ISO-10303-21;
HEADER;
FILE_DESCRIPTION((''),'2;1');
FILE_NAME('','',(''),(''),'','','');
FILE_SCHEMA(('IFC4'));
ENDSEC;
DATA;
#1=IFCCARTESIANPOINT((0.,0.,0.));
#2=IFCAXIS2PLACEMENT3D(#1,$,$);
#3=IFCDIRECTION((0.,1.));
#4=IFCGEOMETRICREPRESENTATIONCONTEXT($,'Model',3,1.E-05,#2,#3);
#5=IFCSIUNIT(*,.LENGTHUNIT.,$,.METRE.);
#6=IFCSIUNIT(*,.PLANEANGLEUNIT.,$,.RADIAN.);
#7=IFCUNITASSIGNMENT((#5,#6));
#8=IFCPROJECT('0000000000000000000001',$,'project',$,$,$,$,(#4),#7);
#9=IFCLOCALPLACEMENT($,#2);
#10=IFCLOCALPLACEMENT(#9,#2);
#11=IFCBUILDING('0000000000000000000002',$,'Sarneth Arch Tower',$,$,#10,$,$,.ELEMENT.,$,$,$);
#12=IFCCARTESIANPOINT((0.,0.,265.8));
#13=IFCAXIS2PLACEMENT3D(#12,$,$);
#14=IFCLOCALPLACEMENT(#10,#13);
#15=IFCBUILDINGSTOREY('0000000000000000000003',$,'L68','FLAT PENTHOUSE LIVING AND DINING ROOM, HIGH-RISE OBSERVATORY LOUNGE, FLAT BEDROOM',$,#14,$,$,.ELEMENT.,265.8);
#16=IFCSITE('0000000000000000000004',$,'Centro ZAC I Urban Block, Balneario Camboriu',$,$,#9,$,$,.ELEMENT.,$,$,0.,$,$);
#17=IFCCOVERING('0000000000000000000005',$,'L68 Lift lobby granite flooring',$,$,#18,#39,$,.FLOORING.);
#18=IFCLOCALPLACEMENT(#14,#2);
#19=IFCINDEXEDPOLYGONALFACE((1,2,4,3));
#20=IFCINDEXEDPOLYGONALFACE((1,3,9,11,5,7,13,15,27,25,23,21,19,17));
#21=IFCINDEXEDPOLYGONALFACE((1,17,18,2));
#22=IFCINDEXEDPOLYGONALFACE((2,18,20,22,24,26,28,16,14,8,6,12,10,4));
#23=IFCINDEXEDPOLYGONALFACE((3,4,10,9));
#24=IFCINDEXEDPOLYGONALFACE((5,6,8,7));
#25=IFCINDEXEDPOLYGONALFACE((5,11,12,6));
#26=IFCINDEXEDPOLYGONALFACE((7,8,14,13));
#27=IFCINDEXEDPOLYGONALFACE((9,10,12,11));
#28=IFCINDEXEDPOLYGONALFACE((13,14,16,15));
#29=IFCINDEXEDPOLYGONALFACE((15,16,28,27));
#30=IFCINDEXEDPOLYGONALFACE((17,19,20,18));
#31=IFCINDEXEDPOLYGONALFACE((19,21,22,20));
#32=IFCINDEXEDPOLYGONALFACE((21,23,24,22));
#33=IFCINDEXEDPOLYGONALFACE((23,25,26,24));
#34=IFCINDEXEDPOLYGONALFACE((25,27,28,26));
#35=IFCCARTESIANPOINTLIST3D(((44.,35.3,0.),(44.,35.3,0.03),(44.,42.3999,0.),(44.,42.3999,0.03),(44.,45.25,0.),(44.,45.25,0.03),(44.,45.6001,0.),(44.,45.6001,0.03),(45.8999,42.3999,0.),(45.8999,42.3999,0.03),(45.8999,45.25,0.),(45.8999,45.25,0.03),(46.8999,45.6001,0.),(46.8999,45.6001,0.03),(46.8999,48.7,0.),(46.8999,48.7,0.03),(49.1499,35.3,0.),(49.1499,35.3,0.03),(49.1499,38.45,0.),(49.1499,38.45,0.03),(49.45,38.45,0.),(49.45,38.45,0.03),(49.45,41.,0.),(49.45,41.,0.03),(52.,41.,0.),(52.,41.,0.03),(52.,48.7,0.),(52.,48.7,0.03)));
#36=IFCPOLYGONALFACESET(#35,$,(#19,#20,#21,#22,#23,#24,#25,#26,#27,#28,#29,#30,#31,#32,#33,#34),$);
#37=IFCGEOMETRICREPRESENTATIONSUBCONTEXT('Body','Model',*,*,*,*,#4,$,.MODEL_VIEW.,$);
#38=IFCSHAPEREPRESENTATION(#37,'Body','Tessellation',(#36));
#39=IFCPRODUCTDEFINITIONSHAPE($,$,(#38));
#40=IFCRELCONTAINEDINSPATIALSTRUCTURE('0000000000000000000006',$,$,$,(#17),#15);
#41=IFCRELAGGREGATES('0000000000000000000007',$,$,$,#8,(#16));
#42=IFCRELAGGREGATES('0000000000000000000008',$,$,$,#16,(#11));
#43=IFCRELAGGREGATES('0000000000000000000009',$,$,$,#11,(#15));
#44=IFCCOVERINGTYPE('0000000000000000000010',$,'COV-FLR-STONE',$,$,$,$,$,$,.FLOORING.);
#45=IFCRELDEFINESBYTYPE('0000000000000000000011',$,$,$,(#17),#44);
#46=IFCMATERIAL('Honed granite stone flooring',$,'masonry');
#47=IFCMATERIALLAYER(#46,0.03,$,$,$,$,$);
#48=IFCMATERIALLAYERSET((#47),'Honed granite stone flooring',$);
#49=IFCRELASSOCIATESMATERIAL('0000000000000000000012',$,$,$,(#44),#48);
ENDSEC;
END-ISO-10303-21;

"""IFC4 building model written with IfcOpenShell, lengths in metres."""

from ifc_helpers import new_model, si_unit, direction, frame, origin, place, context, subcontext, project, spatial, polyline, outline, extrude, material, layer, layer_set, type_object, element, save


model = new_model("IFC4")

# Units and contexts
model_context = context("Model", 3, precision=1e-05, world=origin(), true_north=direction((0.0, 1.0)))
body_context = subcontext(model_context, "Body", "Model", "MODEL_VIEW")
ifc_project = project(units=[si_unit("LENGTHUNIT", "METRE"), si_unit("PLANEANGLEUNIT", "RADIAN")], contexts=[model_context])

# Site, building, storey
site_placement = place(None, origin())
site = spatial("IfcSite", under=ifc_project, at=site_placement, Name="Centro ZAC I Urban Block, Balneario Camboriu", CompositionType="ELEMENT", RefElevation=0.0)
building_placement = place(site_placement, origin())
building = spatial("IfcBuilding", under=site, at=building_placement, Name="Sarneth Arch Tower", CompositionType="ELEMENT")
storey_placement = place(building_placement, frame((0.0, 0.0, 265.8)))
storey = spatial("IfcBuildingStorey", under=building, at=storey_placement, Name="L68", Description="FLAT PENTHOUSE LIVING AND DINING ROOM, HIGH-RISE OBSERVATORY LOUNGE, FLAT BEDROOM", CompositionType="ELEMENT", Elevation=265.8)

# Covering
ifc_material_1 = material(Name="Honed granite stone flooring", Category="masonry")
ifc_layer_1 = layer(ifc_material_1, 0.03)
ifc_layer_set_1 = layer_set([ifc_layer_1], Name="Honed granite stone flooring")
covering_type_1 = type_object("IfcCoveringType", Name="COV-FLR-STONE", PredefinedType="FLOORING", material=ifc_layer_set_1)
covering_1_placement = place(storey_placement, origin())
element("IfcCovering", 1, at=covering_1_placement, inside=storey, type_object=covering_type_1, Name="L68 Lift lobby granite flooring", PredefinedType="FLOORING", context=body_context, shape_type="SweptSolid", body=[
    extrude(outline(polyline([(49.45, 41.0), (49.45, 38.45), (49.1499, 38.45), (49.1499, 35.3), (44.0, 35.3), (44.0, 42.3999), (45.8999, 42.3999), (45.8999, 45.25), (44.0, 45.25), (44.0, 45.6001), (46.8999, 45.6001), (46.8999, 48.7), (52.0, 48.7), (52.0, 41.0), (49.45, 41.0)])), origin(), (0.0, 0.0, 1.0), 0.03),
])

save(model, "model.ifc")
